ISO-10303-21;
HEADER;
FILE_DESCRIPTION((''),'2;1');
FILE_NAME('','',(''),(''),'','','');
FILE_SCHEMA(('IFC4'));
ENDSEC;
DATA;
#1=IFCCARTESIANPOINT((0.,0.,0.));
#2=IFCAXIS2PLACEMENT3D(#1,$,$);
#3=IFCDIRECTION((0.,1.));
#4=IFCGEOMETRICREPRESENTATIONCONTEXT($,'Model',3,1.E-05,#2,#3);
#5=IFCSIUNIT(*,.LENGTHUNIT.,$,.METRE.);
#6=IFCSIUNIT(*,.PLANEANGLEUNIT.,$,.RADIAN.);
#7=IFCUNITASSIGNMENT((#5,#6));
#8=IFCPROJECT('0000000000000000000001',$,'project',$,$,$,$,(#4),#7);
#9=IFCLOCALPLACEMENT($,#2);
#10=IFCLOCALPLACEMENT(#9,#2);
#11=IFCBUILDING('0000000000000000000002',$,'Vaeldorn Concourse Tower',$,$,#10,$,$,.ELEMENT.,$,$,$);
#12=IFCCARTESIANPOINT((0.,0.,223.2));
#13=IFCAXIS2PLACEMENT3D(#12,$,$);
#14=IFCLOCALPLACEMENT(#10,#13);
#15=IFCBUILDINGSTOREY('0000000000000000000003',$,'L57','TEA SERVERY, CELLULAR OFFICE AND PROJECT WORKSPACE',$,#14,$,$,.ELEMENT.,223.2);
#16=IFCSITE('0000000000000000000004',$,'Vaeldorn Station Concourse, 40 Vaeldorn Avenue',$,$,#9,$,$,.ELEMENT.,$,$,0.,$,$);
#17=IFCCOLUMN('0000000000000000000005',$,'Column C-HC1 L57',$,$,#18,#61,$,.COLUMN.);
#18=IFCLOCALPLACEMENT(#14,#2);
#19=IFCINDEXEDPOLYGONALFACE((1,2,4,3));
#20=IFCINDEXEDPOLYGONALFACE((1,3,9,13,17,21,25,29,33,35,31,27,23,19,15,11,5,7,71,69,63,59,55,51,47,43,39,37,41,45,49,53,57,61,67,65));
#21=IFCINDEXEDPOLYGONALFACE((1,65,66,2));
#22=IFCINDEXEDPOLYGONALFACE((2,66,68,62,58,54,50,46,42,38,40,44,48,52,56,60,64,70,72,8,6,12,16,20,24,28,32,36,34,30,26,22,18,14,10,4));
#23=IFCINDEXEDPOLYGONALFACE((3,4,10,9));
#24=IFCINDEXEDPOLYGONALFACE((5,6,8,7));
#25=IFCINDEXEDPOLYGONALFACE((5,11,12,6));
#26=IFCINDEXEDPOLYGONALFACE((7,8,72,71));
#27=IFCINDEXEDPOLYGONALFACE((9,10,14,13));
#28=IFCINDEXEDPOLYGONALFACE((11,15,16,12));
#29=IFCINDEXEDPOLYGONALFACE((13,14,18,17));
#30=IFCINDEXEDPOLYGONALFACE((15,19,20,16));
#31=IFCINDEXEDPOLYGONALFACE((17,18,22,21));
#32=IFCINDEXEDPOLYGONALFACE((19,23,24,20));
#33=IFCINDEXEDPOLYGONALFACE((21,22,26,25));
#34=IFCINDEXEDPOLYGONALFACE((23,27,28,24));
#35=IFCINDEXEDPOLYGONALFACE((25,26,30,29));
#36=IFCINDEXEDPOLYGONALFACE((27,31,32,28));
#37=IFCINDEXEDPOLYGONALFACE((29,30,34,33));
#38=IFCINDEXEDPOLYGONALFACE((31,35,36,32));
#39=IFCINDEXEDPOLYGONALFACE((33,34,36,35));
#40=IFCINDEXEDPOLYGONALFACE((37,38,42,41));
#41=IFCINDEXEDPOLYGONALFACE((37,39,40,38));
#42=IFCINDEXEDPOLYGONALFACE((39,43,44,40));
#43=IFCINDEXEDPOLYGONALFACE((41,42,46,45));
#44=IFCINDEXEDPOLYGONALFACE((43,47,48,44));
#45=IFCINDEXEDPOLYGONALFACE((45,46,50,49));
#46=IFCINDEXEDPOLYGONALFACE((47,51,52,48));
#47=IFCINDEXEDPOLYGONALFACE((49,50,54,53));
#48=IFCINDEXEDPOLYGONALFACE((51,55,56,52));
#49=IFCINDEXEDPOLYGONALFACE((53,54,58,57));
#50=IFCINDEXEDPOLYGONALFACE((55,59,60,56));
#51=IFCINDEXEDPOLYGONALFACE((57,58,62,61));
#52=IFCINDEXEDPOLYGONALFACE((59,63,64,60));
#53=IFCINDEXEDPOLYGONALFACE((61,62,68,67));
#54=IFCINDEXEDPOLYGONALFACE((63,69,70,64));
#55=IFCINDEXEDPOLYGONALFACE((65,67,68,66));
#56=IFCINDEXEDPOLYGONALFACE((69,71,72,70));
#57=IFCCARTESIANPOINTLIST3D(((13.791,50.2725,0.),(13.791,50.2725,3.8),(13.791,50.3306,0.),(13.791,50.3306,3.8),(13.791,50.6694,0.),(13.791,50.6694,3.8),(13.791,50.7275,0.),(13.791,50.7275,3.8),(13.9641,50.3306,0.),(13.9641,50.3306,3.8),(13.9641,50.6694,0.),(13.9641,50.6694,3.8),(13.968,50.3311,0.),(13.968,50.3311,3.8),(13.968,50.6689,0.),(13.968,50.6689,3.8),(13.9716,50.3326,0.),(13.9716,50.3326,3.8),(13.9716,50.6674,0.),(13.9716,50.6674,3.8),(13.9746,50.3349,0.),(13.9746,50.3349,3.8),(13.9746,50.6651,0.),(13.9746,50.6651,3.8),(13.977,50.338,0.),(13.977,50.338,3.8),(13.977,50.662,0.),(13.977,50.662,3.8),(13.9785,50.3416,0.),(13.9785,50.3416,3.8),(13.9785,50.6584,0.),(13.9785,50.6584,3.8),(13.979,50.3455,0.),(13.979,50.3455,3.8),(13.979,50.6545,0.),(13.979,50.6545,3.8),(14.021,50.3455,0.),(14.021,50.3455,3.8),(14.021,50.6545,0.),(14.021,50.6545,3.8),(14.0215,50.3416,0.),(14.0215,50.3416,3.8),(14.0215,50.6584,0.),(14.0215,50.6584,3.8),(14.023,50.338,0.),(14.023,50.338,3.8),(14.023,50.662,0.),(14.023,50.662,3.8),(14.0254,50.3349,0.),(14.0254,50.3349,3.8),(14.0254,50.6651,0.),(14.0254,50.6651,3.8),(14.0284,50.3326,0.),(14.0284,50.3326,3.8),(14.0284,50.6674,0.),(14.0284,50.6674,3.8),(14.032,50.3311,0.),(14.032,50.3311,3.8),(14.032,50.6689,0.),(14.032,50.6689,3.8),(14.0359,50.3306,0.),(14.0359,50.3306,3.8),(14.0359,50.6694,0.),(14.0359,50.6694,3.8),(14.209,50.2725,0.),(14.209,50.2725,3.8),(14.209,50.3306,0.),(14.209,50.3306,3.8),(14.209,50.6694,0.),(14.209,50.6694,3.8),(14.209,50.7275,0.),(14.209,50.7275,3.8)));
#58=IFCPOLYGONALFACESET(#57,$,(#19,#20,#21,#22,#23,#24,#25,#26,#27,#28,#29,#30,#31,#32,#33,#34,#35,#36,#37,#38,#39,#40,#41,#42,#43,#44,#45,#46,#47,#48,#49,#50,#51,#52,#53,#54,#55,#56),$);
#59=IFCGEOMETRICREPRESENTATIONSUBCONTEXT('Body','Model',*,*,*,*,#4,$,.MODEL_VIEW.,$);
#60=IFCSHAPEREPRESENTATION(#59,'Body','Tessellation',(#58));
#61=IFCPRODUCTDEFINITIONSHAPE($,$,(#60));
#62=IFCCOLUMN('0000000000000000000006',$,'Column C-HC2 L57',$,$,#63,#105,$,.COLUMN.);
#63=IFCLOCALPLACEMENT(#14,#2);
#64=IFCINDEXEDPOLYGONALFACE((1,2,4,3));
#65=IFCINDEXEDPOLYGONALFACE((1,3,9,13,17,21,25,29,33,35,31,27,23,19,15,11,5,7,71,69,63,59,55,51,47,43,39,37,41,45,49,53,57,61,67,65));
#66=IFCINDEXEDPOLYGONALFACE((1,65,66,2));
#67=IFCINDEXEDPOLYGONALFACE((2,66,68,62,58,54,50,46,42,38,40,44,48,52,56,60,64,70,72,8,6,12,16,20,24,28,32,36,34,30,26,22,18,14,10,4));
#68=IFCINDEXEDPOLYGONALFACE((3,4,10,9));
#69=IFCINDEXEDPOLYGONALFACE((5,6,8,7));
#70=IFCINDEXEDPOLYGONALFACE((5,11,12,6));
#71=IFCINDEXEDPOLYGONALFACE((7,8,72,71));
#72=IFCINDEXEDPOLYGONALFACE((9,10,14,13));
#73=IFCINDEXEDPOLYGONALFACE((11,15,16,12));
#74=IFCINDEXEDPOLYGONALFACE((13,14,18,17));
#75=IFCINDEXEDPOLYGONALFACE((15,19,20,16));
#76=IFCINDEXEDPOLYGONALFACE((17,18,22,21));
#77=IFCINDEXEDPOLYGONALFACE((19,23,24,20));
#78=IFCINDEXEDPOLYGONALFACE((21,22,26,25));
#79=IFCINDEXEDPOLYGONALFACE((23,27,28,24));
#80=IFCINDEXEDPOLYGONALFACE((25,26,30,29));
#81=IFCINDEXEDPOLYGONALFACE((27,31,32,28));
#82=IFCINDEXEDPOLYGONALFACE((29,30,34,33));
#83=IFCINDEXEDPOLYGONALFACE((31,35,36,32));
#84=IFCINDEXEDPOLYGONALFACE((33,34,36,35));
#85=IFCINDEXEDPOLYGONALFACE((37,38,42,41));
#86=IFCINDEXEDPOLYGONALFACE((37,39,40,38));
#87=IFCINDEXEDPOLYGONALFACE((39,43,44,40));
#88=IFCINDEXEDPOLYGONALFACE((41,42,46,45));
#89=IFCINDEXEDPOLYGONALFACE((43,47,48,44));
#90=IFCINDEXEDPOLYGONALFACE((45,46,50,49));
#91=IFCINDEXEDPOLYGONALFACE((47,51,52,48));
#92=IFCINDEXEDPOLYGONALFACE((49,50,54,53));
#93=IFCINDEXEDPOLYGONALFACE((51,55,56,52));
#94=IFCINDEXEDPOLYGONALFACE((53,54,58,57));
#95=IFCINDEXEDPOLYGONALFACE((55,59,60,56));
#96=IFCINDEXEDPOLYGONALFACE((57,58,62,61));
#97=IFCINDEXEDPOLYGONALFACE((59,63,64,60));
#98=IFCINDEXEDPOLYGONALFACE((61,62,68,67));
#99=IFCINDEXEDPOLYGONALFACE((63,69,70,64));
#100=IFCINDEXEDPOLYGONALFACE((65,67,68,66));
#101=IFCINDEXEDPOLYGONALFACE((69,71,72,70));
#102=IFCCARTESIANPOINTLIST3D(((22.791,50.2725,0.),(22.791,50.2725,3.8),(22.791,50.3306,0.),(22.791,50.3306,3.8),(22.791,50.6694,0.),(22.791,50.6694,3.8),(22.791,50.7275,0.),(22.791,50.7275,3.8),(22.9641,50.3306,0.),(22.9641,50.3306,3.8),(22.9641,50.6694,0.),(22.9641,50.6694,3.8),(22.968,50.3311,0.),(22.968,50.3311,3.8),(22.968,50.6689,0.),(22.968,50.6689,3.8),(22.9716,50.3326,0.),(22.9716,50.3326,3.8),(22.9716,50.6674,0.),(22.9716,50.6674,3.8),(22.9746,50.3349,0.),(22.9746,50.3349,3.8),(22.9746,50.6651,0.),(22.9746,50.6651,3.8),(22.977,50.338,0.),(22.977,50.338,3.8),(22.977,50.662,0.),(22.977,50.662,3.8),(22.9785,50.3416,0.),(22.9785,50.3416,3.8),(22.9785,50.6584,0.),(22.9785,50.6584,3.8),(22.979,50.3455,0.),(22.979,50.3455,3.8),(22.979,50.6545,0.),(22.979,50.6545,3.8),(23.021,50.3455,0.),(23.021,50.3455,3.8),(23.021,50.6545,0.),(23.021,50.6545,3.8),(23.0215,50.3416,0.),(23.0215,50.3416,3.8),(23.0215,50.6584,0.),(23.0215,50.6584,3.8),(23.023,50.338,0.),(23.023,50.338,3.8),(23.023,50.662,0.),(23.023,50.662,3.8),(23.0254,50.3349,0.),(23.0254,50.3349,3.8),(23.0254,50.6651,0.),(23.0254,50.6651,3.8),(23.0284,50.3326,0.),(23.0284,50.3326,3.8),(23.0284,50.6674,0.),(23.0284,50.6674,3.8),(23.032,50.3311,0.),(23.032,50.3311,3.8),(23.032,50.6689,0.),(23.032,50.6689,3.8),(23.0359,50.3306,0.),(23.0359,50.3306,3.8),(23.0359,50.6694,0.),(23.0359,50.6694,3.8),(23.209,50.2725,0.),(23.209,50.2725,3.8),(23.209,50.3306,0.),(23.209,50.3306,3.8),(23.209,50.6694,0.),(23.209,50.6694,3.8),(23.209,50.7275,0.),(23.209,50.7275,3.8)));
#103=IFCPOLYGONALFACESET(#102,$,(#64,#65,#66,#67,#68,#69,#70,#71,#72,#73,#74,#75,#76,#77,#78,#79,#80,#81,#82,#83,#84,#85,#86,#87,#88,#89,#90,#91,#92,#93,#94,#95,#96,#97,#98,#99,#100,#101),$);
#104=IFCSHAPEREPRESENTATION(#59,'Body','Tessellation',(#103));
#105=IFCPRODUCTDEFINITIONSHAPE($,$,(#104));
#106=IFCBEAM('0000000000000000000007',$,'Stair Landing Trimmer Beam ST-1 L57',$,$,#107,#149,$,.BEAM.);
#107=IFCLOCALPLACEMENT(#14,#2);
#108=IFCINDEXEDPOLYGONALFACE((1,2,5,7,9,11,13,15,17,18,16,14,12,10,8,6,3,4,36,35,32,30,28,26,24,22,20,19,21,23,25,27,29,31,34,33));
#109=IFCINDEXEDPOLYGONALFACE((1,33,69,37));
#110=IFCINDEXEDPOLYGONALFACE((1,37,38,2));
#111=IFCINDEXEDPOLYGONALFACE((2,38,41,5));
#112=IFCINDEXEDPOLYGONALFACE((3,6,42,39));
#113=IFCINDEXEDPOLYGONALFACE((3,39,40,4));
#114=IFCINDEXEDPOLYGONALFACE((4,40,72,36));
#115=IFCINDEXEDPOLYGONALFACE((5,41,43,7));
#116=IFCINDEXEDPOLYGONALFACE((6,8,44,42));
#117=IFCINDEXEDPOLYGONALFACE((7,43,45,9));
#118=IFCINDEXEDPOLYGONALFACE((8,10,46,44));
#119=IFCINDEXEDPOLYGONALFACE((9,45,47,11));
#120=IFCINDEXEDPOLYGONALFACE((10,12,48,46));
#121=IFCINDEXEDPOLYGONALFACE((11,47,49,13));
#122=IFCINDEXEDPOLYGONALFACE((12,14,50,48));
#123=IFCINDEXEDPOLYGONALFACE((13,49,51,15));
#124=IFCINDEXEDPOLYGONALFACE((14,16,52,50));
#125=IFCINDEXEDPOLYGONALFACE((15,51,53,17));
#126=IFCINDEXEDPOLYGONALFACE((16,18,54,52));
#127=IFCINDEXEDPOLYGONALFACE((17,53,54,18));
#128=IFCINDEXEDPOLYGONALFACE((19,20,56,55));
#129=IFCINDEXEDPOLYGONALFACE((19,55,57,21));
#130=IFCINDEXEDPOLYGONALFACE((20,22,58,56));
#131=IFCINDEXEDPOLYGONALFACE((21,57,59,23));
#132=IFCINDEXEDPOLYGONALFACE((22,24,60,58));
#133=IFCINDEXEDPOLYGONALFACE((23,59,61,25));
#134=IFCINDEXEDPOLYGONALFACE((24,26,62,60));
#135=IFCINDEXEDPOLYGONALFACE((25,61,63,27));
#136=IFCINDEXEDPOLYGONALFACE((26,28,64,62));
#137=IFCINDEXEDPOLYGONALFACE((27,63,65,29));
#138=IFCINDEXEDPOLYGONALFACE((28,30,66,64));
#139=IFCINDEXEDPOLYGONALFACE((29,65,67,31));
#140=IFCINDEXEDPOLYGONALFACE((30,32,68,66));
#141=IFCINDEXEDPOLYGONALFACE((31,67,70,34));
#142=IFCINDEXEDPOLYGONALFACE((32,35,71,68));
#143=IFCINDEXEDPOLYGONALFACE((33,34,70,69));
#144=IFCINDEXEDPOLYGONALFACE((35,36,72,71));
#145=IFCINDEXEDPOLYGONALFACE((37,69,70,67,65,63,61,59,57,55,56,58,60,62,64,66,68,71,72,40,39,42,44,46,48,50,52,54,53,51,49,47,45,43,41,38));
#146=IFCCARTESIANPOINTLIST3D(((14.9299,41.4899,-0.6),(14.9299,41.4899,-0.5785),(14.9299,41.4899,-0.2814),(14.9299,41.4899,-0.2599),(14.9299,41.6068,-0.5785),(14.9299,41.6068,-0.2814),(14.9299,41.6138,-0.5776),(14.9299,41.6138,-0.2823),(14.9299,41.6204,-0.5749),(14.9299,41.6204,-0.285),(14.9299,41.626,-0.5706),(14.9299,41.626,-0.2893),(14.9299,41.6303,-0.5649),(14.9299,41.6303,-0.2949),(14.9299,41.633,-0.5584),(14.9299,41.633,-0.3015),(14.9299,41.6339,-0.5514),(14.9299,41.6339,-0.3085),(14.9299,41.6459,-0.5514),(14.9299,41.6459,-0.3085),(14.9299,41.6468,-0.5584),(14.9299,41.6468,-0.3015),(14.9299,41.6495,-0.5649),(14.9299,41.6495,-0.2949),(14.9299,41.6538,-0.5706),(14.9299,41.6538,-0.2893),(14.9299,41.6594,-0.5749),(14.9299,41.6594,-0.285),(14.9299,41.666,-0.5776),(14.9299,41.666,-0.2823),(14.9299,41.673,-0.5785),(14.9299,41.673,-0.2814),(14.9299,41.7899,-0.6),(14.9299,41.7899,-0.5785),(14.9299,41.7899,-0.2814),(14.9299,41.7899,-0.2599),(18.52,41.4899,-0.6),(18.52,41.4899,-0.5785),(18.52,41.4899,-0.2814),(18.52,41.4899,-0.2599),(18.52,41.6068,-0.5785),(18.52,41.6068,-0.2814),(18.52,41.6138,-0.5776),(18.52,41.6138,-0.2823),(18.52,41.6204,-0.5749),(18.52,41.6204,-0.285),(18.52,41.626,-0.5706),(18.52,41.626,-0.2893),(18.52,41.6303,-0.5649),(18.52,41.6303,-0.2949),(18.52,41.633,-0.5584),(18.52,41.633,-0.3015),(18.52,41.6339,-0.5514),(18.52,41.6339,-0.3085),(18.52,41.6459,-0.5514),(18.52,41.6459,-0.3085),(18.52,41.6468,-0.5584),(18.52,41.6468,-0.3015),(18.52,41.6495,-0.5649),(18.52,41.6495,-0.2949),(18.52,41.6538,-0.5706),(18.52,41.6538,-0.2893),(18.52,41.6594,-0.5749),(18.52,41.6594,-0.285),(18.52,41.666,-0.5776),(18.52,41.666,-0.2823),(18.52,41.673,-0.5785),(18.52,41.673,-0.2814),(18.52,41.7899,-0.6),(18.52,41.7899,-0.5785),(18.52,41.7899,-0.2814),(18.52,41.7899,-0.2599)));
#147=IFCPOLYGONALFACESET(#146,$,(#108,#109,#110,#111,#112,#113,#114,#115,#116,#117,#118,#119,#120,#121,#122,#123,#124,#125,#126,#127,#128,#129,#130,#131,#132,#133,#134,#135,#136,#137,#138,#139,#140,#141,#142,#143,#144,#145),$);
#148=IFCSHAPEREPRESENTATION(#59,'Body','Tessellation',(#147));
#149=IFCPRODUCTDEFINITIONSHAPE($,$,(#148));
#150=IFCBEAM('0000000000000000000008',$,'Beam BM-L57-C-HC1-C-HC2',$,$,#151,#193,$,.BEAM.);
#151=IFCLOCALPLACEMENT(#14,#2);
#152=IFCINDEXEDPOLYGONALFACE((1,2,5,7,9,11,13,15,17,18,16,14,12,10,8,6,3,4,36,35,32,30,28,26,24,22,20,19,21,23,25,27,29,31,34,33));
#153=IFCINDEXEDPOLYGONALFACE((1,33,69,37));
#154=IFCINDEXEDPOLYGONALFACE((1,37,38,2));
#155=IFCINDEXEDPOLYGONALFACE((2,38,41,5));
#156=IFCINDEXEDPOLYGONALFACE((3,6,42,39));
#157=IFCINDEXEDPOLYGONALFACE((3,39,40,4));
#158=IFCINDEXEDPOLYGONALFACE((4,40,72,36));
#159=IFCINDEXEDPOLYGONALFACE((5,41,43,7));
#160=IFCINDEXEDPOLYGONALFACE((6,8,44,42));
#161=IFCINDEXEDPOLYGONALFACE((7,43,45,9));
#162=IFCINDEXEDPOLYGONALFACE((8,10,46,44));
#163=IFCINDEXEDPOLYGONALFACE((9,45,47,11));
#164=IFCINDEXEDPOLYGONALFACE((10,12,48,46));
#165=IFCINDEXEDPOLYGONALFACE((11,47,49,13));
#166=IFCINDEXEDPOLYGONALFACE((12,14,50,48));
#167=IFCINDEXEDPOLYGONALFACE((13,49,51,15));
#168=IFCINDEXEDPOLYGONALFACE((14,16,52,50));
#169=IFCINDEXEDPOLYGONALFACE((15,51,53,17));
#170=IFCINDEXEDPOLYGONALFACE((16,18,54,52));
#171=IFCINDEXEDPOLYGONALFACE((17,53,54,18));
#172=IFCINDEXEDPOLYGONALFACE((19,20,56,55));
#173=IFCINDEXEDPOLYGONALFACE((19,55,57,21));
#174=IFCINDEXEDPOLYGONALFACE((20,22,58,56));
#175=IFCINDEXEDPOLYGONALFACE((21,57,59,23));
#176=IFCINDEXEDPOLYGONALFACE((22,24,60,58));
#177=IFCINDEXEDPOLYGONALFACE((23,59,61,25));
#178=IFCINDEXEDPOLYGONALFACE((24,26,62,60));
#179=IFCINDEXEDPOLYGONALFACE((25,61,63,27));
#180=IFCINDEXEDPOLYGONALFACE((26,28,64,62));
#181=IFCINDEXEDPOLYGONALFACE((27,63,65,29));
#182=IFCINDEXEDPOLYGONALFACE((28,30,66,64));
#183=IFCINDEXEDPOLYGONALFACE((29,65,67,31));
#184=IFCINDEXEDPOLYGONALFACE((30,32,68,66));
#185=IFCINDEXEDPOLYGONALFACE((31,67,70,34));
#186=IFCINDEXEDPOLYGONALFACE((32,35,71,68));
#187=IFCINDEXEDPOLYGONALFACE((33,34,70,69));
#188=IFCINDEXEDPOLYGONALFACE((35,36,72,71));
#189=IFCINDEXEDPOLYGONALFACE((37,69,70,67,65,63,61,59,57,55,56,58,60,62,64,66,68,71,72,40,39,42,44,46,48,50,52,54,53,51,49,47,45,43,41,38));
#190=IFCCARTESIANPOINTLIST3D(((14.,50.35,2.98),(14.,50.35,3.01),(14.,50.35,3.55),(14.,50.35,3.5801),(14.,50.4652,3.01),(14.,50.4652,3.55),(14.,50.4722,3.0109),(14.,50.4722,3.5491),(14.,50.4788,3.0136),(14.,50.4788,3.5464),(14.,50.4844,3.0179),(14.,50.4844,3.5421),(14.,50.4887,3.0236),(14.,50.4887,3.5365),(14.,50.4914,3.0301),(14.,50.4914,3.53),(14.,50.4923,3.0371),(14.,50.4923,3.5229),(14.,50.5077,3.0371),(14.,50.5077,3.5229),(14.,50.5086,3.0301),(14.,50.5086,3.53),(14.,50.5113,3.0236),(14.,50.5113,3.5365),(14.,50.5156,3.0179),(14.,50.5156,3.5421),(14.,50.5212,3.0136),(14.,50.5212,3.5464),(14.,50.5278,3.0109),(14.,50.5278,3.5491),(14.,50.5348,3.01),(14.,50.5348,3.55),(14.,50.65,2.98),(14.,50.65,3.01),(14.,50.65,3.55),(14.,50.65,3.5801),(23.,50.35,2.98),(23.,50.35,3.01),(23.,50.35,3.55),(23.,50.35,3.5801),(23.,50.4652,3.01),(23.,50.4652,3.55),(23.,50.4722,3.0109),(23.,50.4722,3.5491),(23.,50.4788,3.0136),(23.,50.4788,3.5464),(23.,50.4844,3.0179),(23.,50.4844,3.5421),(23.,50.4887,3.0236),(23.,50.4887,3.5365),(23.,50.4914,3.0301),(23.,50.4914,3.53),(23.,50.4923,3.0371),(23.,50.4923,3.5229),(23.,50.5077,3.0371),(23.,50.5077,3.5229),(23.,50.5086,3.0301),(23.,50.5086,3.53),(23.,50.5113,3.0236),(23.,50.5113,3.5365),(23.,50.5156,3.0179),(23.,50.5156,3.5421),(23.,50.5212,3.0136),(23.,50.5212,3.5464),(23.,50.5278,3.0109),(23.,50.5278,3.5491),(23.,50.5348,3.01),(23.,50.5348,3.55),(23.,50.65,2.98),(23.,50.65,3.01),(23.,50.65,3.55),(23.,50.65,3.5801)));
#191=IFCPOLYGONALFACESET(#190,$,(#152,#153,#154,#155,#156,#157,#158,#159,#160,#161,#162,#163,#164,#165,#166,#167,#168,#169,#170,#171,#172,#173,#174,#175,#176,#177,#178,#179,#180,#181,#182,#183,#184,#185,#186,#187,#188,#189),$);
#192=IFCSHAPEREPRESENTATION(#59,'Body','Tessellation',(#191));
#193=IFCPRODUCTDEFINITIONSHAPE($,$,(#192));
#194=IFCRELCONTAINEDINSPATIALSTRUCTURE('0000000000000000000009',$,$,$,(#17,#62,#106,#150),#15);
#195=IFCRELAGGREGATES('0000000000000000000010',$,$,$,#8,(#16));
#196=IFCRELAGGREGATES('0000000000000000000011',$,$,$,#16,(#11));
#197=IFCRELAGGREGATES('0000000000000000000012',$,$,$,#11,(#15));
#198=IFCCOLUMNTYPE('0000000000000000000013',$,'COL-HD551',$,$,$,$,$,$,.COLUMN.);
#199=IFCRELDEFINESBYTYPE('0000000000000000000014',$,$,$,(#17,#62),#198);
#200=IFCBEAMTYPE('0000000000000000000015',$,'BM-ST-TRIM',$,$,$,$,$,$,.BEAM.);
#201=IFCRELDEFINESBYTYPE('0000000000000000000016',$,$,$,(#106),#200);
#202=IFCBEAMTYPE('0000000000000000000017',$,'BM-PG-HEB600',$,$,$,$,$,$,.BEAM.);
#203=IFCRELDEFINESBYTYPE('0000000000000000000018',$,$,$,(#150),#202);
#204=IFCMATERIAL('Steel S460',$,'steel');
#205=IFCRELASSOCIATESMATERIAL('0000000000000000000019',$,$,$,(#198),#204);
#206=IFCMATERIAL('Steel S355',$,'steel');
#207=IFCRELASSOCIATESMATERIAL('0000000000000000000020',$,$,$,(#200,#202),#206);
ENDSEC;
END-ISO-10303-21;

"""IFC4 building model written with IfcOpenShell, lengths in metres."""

from ifc_helpers import new_model, si_unit, direction, frame, origin, origin_2d, place, context, subcontext, project, spatial, i_section, extrude, source, transform, mapped, material, material_profile, profile_set, type_object, element, save


model = new_model("IFC4")

# Units and contexts
model_context = context("Model", 3, precision=1e-05, world=origin(), true_north=direction((0.0, 1.0)))
body_context = subcontext(model_context, "Body", "Model", "MODEL_VIEW")
ifc_project = project(units=[si_unit("LENGTHUNIT", "METRE"), si_unit("PLANEANGLEUNIT", "RADIAN")], contexts=[model_context])

# Site, building, storey
site_placement = place(None, origin())
site = spatial("IfcSite", under=ifc_project, at=site_placement, Name="Vaeldorn Station Concourse, 40 Vaeldorn Avenue", CompositionType="ELEMENT", RefElevation=0.0)
building_placement = place(site_placement, origin())
building = spatial("IfcBuilding", under=site, at=building_placement, Name="Vaeldorn Concourse Tower", CompositionType="ELEMENT")
storey_placement = place(building_placement, frame((0.0, 0.0, 223.2)))
storey = spatial("IfcBuildingStorey", under=building, at=storey_placement, Name="L57", Description="TEA SERVERY, CELLULAR OFFICE AND PROJECT WORKSPACE", CompositionType="ELEMENT", Elevation=223.2)

# Columns
ifc_material_1 = material(Name="Steel S460", Category="steel")
ifc_material_profile_1 = material_profile(ifc_material_1, i_section(OverallWidth=0.418, OverallDepth=0.4551, WebThickness=0.042, FlangeThickness=0.0581, FilletRadius=0.0149, at=origin_2d()), Name="HD 400x551")
ifc_profile_set_1 = profile_set([ifc_material_profile_1], Name="Steel S460")
column_type = type_object("IfcColumnType", Name="COL-HD551", PredefinedType="COLUMN", material=ifc_profile_set_1)
shared_shape_1 = source(origin(), body_context, "Body", "SweptSolid", [
    extrude(i_section(OverallWidth=0.418, OverallDepth=0.4551, WebThickness=0.042, FlangeThickness=0.0581, FilletRadius=0.0149, at=origin_2d()), origin(), (0.0, 0.0, 1.0), 3.8),
])
for number, where, z_axis, x_axis, name in (
    (1, (14.0, 50.5, 0.0), (0.0, 0.0, 1.0), (1.0, 0.0, 0.0), "Column C-HC1 L57"),
    (2, (23.0, 50.5, 0.0), (0.0, 0.0, 1.0), (1.0, 0.0, 0.0), "Column C-HC2 L57"),
):
    element("IfcColumn", number, at=place(storey_placement, frame(where, z_axis=z_axis, x_axis=x_axis)), inside=storey, type_object=column_type, Name=name, PredefinedType="COLUMN", context=body_context, shape_type="MappedRepresentation", body=[
        mapped(shared_shape_1, transform((0.0, 0.0, 0.0), scale=1.0)),
    ])

# Beams
ifc_material_2 = material(Name="Steel S355", Category="steel")
ifc_material_profile_2 = material_profile(ifc_material_2, i_section(OverallWidth=0.3, OverallDepth=0.3401, WebThickness=0.012, FlangeThickness=0.0215, FilletRadius=0.0271, at=origin_2d()), Name="HEB 340")
ifc_profile_set_2 = profile_set([ifc_material_profile_2], Name="Steel S355")
beam_type_1 = type_object("IfcBeamType", Name="BM-ST-TRIM", PredefinedType="BEAM", material=ifc_profile_set_2)
shared_shape_2 = source(origin(), body_context, "Body", "SweptSolid", [
    extrude(i_section(OverallWidth=0.3, OverallDepth=0.3401, WebThickness=0.012, FlangeThickness=0.0215, FilletRadius=0.0271, at=origin_2d()), origin(), (0.0, 0.0, 1.0), 3.5901),
])
beam_1_placement = place(storey_placement, frame((14.9299, 41.6399, -0.4299), z_axis=(1.0, 0.0, 0.0), x_axis=(0.0, 1.0, 0.0)))
element("IfcBeam", 3, at=beam_1_placement, inside=storey, type_object=beam_type_1, Name="Stair Landing Trimmer Beam ST-1 L57", PredefinedType="BEAM", context=body_context, shape_type="MappedRepresentation", body=[
    mapped(shared_shape_2, transform((0.0, 0.0, 0.0), scale=1.0)),
])
ifc_material_profile_3 = material_profile(ifc_material_2, i_section(OverallWidth=0.3, OverallDepth=0.6001, WebThickness=0.0154, FlangeThickness=0.03, FilletRadius=0.0271, at=origin_2d()), Name="HEB 600")
ifc_profile_set_3 = profile_set([ifc_material_profile_3], Name="Steel S355")
beam_type_2 = type_object("IfcBeamType", Name="BM-PG-HEB600", PredefinedType="BEAM", material=ifc_profile_set_3)
shared_shape_3 = source(origin(), body_context, "Body", "SweptSolid", [
    extrude(i_section(OverallWidth=0.3, OverallDepth=0.6001, WebThickness=0.0154, FlangeThickness=0.03, FilletRadius=0.0271, at=origin_2d()), origin(), (0.0, 0.0, 1.0), 9.0),
])
beam_2_placement = place(storey_placement, frame((14.0, 50.5, 3.28), z_axis=(1.0, 0.0, 0.0), x_axis=(0.0, 1.0, 0.0)))
element("IfcBeam", 4, at=beam_2_placement, inside=storey, type_object=beam_type_2, Name="Beam BM-L57-C-HC1-C-HC2", PredefinedType="BEAM", context=body_context, shape_type="MappedRepresentation", body=[
    mapped(shared_shape_3, transform((0.0, 0.0, 0.0), scale=1.0)),
])

save(model, "model.ifc")
